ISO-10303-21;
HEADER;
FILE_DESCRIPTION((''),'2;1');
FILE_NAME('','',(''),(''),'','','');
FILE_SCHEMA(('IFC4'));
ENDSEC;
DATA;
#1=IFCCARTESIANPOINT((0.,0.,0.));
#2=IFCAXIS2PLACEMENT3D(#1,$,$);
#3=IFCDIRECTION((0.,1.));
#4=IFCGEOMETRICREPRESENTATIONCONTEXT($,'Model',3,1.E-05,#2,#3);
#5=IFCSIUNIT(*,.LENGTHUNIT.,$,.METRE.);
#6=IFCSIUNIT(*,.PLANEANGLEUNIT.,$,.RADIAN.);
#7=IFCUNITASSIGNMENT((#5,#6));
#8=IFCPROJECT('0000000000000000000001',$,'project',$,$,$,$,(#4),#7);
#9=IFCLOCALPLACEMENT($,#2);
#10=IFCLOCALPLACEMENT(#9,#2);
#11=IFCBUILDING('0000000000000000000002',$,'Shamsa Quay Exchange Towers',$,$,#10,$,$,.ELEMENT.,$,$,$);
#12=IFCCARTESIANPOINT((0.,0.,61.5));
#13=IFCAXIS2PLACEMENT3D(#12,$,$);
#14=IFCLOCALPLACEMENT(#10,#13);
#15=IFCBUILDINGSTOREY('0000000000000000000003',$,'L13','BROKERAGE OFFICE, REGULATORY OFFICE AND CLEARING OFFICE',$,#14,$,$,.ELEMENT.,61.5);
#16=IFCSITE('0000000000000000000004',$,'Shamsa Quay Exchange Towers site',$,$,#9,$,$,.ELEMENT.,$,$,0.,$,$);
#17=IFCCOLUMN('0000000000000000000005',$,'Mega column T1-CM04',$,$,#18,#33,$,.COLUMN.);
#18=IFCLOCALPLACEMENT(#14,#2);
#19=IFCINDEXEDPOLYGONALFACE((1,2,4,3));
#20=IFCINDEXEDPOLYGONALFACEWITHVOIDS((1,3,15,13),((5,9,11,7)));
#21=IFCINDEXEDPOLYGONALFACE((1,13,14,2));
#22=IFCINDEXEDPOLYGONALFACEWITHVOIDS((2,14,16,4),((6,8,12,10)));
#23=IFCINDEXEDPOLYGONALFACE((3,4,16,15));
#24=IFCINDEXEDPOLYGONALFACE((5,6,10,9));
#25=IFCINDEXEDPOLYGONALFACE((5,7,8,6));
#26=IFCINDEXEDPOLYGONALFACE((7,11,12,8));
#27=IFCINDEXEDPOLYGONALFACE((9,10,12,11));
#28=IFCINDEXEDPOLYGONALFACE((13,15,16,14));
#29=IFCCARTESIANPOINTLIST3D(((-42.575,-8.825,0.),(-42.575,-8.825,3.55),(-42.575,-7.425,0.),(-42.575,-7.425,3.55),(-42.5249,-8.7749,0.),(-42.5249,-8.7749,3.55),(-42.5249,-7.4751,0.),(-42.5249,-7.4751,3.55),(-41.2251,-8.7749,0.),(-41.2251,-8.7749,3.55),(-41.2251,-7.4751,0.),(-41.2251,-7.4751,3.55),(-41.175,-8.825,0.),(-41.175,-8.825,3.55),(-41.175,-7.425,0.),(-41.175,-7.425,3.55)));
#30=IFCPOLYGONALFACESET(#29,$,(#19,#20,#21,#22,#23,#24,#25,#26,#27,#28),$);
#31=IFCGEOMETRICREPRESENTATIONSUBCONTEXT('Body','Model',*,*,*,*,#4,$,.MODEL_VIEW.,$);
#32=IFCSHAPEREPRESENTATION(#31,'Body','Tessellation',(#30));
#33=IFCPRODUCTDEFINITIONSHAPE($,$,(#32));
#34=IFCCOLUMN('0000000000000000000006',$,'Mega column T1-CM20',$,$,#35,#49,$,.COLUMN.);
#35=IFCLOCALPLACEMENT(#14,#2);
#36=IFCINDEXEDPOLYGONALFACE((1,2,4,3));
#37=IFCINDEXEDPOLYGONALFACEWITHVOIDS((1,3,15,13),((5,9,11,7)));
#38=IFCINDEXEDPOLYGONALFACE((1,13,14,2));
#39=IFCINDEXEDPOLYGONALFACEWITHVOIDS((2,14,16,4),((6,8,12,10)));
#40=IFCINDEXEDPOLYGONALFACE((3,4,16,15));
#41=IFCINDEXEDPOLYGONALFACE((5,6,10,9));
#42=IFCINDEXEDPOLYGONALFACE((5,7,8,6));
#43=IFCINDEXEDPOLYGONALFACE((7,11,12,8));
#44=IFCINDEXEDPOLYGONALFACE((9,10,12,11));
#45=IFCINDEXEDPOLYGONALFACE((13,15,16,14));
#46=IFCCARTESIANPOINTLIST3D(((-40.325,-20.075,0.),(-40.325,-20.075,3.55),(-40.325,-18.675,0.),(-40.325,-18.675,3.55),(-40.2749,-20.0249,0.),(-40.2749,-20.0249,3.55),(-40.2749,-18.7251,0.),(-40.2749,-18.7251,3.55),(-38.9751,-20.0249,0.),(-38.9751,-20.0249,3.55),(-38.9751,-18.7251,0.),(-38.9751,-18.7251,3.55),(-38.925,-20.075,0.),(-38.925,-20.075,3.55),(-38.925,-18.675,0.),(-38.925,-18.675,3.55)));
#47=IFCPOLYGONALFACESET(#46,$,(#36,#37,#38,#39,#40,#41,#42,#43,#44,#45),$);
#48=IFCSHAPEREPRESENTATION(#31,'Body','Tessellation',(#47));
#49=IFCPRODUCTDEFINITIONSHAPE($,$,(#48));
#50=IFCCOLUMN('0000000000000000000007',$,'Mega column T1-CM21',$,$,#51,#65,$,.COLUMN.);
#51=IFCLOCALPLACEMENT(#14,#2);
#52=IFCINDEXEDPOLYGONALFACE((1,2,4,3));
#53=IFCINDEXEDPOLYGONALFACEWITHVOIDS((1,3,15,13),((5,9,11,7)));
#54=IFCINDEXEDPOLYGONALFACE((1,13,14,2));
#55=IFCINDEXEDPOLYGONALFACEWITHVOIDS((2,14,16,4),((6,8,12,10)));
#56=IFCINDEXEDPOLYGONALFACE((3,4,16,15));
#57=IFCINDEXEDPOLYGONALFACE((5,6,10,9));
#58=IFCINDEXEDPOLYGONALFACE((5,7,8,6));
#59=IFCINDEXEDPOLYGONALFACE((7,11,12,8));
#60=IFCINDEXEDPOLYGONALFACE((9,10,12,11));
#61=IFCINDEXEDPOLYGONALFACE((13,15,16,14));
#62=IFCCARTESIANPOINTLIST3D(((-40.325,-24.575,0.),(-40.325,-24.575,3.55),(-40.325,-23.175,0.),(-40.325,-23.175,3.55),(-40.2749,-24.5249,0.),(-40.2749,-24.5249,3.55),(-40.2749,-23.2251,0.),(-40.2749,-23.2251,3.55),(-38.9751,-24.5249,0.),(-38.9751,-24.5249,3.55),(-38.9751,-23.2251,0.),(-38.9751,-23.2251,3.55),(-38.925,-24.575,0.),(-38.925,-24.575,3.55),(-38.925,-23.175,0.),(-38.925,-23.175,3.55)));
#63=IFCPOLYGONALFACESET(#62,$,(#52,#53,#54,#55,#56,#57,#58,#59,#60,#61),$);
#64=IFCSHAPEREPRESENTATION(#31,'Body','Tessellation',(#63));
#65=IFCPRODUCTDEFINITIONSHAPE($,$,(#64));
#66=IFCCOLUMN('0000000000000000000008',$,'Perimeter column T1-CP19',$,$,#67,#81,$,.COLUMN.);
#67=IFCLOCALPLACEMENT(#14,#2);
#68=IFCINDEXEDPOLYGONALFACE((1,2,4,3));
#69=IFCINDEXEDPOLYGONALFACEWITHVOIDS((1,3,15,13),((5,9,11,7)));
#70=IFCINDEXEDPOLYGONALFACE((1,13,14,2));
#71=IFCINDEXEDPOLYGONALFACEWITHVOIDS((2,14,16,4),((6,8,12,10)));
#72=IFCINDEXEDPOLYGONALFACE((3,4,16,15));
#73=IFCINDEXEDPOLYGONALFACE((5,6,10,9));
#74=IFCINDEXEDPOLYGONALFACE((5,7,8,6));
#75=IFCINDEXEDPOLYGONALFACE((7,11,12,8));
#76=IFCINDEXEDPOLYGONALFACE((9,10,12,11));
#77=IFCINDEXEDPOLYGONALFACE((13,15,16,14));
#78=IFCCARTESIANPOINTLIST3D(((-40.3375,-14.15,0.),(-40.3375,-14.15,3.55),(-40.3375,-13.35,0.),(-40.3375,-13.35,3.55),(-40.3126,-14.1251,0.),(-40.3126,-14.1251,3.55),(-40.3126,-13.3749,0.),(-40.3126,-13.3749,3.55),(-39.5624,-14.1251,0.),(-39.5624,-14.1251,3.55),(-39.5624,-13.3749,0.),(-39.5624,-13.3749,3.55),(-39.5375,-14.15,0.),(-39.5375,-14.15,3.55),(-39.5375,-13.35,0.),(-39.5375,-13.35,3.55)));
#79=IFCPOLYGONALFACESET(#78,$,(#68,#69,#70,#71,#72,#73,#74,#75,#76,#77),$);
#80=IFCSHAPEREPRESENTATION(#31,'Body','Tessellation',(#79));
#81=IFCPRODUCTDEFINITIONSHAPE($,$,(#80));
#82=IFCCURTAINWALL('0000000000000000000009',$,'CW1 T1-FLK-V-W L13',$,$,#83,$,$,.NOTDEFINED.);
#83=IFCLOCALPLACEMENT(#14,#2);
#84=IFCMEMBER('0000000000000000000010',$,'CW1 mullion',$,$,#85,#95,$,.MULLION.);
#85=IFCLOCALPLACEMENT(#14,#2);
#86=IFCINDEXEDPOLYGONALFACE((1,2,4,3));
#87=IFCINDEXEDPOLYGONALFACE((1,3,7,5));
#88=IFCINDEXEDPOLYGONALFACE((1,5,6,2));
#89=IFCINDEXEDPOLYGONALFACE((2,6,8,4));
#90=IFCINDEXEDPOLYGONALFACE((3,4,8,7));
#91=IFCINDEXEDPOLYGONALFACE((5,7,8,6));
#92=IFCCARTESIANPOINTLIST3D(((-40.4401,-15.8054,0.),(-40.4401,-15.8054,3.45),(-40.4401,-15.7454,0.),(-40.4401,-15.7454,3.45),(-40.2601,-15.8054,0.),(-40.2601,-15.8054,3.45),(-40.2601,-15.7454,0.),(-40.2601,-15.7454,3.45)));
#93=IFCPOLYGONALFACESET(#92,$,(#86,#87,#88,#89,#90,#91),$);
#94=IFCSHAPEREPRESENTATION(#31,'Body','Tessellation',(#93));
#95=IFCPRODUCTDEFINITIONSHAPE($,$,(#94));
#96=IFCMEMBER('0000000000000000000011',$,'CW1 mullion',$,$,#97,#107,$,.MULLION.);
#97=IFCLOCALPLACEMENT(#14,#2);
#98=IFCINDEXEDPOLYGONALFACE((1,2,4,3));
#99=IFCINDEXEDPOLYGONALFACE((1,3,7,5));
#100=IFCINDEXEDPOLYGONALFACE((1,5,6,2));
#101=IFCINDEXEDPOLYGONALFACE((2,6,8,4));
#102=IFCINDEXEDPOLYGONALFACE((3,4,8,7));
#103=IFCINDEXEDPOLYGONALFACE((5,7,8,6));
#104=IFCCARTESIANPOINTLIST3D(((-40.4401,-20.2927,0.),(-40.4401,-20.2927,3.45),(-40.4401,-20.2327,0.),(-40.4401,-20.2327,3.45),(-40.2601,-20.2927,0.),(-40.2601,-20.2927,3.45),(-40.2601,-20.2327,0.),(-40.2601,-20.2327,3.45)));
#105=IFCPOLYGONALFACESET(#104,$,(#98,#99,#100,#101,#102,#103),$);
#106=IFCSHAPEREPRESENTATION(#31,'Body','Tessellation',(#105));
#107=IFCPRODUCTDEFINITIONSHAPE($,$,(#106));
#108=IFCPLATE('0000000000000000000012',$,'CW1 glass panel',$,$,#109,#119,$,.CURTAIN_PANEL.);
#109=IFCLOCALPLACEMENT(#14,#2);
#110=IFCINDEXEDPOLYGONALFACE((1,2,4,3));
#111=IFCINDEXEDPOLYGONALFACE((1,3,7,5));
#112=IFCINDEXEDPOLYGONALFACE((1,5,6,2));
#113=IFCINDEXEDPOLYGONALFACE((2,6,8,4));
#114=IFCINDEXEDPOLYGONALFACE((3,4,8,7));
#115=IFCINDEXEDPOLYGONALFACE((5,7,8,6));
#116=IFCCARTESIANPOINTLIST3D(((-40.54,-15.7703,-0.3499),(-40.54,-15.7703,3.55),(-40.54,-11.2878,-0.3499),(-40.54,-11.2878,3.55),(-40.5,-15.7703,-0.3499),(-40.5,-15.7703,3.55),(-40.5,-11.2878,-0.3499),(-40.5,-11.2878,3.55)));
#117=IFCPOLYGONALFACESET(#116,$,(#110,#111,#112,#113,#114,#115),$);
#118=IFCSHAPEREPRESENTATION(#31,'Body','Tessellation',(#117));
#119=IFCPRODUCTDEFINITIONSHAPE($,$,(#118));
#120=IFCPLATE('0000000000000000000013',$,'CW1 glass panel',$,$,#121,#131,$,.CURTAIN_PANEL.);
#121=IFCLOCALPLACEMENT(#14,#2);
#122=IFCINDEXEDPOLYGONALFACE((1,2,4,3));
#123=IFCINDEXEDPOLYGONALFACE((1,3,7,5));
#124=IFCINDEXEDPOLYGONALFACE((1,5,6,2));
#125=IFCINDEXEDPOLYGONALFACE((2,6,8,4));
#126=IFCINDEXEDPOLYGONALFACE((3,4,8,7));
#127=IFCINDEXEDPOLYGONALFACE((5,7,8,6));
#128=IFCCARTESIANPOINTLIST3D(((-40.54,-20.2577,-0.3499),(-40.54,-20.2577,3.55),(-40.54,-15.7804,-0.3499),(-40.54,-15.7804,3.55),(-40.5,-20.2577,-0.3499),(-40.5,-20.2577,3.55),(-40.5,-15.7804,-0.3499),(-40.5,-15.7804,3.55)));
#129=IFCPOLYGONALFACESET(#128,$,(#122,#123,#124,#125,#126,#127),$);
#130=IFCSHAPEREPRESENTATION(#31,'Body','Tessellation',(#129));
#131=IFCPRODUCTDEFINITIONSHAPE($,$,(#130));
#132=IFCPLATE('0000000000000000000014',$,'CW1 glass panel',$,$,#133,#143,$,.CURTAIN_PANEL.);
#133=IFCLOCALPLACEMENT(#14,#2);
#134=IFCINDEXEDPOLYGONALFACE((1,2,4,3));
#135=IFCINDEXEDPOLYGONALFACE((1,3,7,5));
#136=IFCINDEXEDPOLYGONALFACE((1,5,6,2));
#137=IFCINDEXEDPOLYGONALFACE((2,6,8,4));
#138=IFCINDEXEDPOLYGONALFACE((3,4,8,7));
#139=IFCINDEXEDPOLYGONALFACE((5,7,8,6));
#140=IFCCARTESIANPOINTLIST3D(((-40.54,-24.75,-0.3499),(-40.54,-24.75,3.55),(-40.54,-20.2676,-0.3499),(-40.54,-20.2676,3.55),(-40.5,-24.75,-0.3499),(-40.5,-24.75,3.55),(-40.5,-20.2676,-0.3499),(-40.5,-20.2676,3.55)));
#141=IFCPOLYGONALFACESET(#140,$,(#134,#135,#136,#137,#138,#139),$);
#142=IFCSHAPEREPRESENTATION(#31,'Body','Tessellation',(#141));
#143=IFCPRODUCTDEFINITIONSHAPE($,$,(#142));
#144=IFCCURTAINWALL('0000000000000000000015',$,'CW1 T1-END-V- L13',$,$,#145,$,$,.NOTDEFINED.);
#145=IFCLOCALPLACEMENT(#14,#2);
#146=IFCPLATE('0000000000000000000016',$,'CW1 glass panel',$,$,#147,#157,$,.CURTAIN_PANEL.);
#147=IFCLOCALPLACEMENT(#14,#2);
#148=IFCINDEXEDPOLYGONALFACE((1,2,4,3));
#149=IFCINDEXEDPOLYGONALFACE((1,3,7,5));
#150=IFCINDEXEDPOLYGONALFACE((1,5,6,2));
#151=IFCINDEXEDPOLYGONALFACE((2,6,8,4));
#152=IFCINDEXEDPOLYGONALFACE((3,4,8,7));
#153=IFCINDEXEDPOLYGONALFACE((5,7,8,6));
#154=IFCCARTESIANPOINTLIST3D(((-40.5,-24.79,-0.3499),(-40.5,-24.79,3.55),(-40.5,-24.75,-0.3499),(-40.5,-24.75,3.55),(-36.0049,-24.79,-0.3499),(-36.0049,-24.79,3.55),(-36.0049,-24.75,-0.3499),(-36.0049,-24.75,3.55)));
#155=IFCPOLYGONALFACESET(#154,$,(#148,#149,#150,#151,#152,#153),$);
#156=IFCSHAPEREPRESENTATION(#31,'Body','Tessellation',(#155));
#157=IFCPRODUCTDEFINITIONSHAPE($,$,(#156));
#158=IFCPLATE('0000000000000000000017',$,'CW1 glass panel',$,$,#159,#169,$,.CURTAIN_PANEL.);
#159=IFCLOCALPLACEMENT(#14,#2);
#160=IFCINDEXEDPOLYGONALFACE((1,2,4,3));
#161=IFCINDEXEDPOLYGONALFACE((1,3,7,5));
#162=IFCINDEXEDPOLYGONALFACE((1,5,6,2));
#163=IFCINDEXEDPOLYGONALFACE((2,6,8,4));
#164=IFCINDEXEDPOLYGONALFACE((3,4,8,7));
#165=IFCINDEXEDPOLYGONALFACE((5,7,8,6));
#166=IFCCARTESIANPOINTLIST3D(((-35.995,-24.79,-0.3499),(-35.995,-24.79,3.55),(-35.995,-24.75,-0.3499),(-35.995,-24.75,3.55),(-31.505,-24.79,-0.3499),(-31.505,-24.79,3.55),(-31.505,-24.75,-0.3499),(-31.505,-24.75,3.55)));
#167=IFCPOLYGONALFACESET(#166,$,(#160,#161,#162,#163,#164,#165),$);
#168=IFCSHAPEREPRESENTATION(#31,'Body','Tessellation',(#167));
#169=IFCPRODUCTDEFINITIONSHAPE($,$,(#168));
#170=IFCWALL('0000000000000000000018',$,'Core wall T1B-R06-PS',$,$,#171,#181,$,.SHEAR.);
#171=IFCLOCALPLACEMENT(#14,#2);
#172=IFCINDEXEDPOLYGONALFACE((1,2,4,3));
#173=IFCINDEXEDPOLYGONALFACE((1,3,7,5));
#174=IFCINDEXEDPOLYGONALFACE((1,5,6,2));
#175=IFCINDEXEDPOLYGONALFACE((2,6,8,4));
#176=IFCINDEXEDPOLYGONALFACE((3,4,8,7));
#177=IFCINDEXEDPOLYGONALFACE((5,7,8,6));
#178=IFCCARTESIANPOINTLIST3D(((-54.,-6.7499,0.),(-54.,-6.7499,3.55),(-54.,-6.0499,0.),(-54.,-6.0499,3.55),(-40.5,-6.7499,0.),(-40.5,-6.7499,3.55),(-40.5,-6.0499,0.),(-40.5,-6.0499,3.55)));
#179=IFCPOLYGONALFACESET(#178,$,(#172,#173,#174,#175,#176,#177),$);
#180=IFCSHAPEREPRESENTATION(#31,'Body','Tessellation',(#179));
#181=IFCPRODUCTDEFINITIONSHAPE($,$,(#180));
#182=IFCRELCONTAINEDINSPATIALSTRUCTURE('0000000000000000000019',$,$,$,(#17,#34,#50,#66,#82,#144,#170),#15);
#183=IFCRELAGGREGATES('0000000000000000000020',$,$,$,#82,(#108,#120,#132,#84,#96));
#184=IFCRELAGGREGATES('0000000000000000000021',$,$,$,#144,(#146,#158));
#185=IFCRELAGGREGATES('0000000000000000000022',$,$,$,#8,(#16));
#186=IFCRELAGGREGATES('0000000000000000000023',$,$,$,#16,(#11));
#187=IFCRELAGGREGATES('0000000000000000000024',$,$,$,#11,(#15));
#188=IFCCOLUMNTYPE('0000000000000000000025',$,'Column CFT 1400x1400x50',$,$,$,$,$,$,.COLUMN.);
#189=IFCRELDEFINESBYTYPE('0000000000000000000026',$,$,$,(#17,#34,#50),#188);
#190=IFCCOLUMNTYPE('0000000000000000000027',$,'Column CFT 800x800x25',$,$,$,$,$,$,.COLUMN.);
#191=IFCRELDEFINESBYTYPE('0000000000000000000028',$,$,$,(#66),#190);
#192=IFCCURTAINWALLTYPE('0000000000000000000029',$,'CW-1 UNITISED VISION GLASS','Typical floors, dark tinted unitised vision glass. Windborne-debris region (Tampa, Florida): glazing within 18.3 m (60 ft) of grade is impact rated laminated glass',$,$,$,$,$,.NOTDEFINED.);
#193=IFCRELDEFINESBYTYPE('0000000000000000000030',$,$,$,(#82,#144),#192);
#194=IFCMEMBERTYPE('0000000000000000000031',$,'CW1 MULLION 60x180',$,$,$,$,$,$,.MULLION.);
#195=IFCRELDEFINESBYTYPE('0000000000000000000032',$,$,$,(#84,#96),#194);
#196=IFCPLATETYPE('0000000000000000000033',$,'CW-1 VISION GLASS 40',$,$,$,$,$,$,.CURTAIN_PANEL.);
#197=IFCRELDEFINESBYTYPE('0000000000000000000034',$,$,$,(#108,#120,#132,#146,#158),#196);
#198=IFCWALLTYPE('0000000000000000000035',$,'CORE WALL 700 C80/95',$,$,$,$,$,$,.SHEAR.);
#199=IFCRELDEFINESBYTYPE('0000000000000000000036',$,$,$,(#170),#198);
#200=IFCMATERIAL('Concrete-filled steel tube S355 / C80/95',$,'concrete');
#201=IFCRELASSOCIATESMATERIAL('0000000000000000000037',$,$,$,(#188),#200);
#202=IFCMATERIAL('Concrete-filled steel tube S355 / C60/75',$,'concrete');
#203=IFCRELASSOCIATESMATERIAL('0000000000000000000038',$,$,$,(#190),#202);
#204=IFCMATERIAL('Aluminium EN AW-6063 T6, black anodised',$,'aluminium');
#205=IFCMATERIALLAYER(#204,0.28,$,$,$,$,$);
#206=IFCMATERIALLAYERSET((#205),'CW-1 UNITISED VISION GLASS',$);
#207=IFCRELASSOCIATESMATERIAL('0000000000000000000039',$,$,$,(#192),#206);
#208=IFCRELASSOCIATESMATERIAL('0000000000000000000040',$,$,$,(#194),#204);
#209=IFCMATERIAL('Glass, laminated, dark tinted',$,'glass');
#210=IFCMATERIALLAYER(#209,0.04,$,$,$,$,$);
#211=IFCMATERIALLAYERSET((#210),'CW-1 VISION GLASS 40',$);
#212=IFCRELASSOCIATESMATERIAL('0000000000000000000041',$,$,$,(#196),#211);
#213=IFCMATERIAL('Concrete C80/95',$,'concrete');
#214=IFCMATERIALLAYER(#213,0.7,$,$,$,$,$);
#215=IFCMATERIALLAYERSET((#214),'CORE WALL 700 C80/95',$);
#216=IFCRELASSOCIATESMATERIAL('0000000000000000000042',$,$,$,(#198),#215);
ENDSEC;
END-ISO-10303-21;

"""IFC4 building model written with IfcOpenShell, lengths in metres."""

from ifc_helpers import new_model, si_unit, direction, frame, frame_2d, origin, origin_2d, place, context, subcontext, project, spatial, rectangle, hollow_rectangle, extrude, material, layer, layer_set, material_profile, profile_set, type_object, element, aggregate, save


model = new_model("IFC4")

# Units and contexts
model_context = context("Model", 3, precision=1e-05, world=origin(), true_north=direction((0.0, 1.0)))
body_context = subcontext(model_context, "Body", "Model", "MODEL_VIEW")
ifc_project = project(units=[si_unit("LENGTHUNIT", "METRE"), si_unit("PLANEANGLEUNIT", "RADIAN")], contexts=[model_context])

# Site, building, storey
site_placement = place(None, origin())
site = spatial("IfcSite", under=ifc_project, at=site_placement, Name="Shamsa Quay Exchange Towers site", CompositionType="ELEMENT", RefElevation=0.0)
building_placement = place(site_placement, origin())
building = spatial("IfcBuilding", under=site, at=building_placement, Name="Shamsa Quay Exchange Towers", CompositionType="ELEMENT")
storey_placement = place(building_placement, frame((0.0, 0.0, 61.5)))
storey = spatial("IfcBuildingStorey", under=building, at=storey_placement, Name="L13", Description="BROKERAGE OFFICE, REGULATORY OFFICE AND CLEARING OFFICE", CompositionType="ELEMENT", Elevation=61.5)

# Columns
ifc_material_1 = material(Name="Concrete-filled steel tube S355 / C80/95", Category="concrete")
ifc_material_profile_1 = material_profile(ifc_material_1, hollow_rectangle(XDim=1.3999, YDim=1.3999, WallThickness=0.05, at=origin_2d()), Name="CFT 1400x1400x50")
ifc_profile_set_1 = profile_set([ifc_material_profile_1], Name="Concrete-filled steel tube S355 / C80/95")
column_type_1 = type_object("IfcColumnType", Name="Column CFT 1400x1400x50", PredefinedType="COLUMN", material=ifc_profile_set_1)
for number, where, name in (
    (1, (-41.875, -8.125, 0.0), "Mega column T1-CM04"),
    (2, (-39.625, -19.375, 0.0), "Mega column T1-CM20"),
    (3, (-39.625, -23.875, 0.0), "Mega column T1-CM21"),
):
    element("IfcColumn", number, at=place(storey_placement, frame(where)), inside=storey, type_object=column_type_1, Name=name, PredefinedType="COLUMN", context=body_context, shape_type="SweptSolid", body=[
        extrude(hollow_rectangle(XDim=1.3999, YDim=1.3999, WallThickness=0.05, at=origin_2d()), origin(), (0.0, 0.0, 1.0), 3.55),
    ])
ifc_material_2 = material(Name="Concrete-filled steel tube S355 / C60/75", Category="concrete")
ifc_material_profile_2 = material_profile(ifc_material_2, hollow_rectangle(XDim=0.8, YDim=0.8, WallThickness=0.0249, at=origin_2d()), Name="CFT 800x800x25")
ifc_profile_set_2 = profile_set([ifc_material_profile_2], Name="Concrete-filled steel tube S355 / C60/75")
column_type_2 = type_object("IfcColumnType", Name="Column CFT 800x800x25", PredefinedType="COLUMN", material=ifc_profile_set_2)
column_placement = place(storey_placement, frame((-39.9375, -13.75, 0.0)))
element("IfcColumn", 4, at=column_placement, inside=storey, type_object=column_type_2, Name="Perimeter column T1-CP19", PredefinedType="COLUMN", context=body_context, shape_type="SweptSolid", body=[
    extrude(hollow_rectangle(XDim=0.8, YDim=0.8, WallThickness=0.0249, at=origin_2d()), origin(), (0.0, 0.0, 1.0), 3.55),
])

# Curtain wall, members, plates
ifc_material_3 = material(Name="Aluminium EN AW-6063 T6, black anodised", Category="aluminium")
ifc_layer_1 = layer(ifc_material_3, 0.28)
ifc_layer_set_1 = layer_set([ifc_layer_1], Name="CW-1 UNITISED VISION GLASS")
curtain_wall_type = type_object("IfcCurtainWallType", Name="CW-1 UNITISED VISION GLASS", Description="Typical floors, dark tinted unitised vision glass. Windborne-debris region (Tampa, Florida): glazing within 18.3 m (60 ft) of grade is impact rated laminated glass", PredefinedType="NOTDEFINED", material=ifc_layer_set_1)
curtain_wall_1_placement = place(storey_placement, origin())
curtain_wall_1 = element("IfcCurtainWall", 5, at=curtain_wall_1_placement, inside=storey, type_object=curtain_wall_type, Name="CW1 T1-FLK-V-W L13", PredefinedType="NOTDEFINED")
ifc_material_profile_3 = material_profile(ifc_material_3, rectangle(XDim=0.1799, YDim=0.0601, at=origin_2d()), Name="MU60x180")
ifc_profile_set_3 = profile_set([ifc_material_profile_3], Name="Aluminium EN AW-6063 T6, black anodised")
member_type = type_object("IfcMemberType", Name="CW1 MULLION 60x180", PredefinedType="MULLION", material=ifc_profile_set_3)
member_1_placement = place(storey_placement, frame((-40.3501, -15.7754, 0.0)))
member_1 = element("IfcMember", 6, at=member_1_placement, type_object=member_type, Name="CW1 mullion", PredefinedType="MULLION", context=body_context, shape_type="SweptSolid", body=[
    extrude(rectangle(XDim=0.1799, YDim=0.0601, at=origin_2d()), origin(), (0.0, 0.0, 1.0), 3.45),
])
member_2_placement = place(storey_placement, frame((-40.3501, -20.2627, 0.0)))
member_2 = element("IfcMember", 7, at=member_2_placement, type_object=member_type, Name="CW1 mullion", PredefinedType="MULLION", context=body_context, shape_type="SweptSolid", body=[
    extrude(rectangle(XDim=0.1799, YDim=0.0601, at=origin_2d()), origin(), (0.0, 0.0, 1.0), 3.45),
])
ifc_material_4 = material(Name="Glass, laminated, dark tinted", Category="glass")
ifc_layer_2 = layer(ifc_material_4, 0.04)
ifc_layer_set_2 = layer_set([ifc_layer_2], Name="CW-1 VISION GLASS 40")
plate_type = type_object("IfcPlateType", Name="CW-1 VISION GLASS 40", PredefinedType="CURTAIN_PANEL", material=ifc_layer_set_2)
plate_1_placement = place(storey_placement, frame((-40.52, -13.5291, -0.3499), z_axis=(0.0, 0.0, 1.0), x_axis=(0.0, -1.0, 0.0)))
plate_1 = element("IfcPlate", 8, at=plate_1_placement, type_object=plate_type, Name="CW1 glass panel", PredefinedType="CURTAIN_PANEL", context=body_context, shape_type="SweptSolid", body=[
    extrude(rectangle(XDim=4.4824, YDim=0.04, at=origin_2d()), origin(), (0.0, 0.0, 1.0), 3.8999),
])
plate_2_placement = place(storey_placement, frame((-40.52, -18.019, -0.3499), z_axis=(0.0, 0.0, 1.0), x_axis=(0.0, -1.0, 0.0)))
plate_2 = element("IfcPlate", 9, at=plate_2_placement, type_object=plate_type, Name="CW1 glass panel", PredefinedType="CURTAIN_PANEL", context=body_context, shape_type="SweptSolid", body=[
    extrude(rectangle(XDim=4.4773, YDim=0.04, at=origin_2d()), origin(), (0.0, 0.0, 1.0), 3.8999),
])
plate_3_placement = place(storey_placement, frame((-40.52, -22.5088, -0.3499), z_axis=(0.0, 0.0, 1.0), x_axis=(0.0, -1.0, 0.0)))
plate_3 = element("IfcPlate", 10, at=plate_3_placement, type_object=plate_type, Name="CW1 glass panel", PredefinedType="CURTAIN_PANEL", context=body_context, shape_type="SweptSolid", body=[
    extrude(rectangle(XDim=4.4824, YDim=0.04, at=origin_2d()), origin(), (0.0, 0.0, 1.0), 3.8999),
])
aggregate(curtain_wall_1, [plate_1, plate_2, plate_3, member_1, member_2])

# Curtain wall, plates
curtain_wall_2_placement = place(storey_placement, origin())
curtain_wall_2 = element("IfcCurtainWall", 11, at=curtain_wall_2_placement, inside=storey, type_object=curtain_wall_type, Name="CW1 T1-END-V- L13", PredefinedType="NOTDEFINED")
plate_4_placement = place(storey_placement, frame((-38.2524, -24.77, -0.3499)))
plate_4 = element("IfcPlate", 12, at=plate_4_placement, type_object=plate_type, Name="CW1 glass panel", PredefinedType="CURTAIN_PANEL", context=body_context, shape_type="SweptSolid", body=[
    extrude(rectangle(XDim=4.4951, YDim=0.04, at=origin_2d()), origin(), (0.0, 0.0, 1.0), 3.8999),
])
plate_5_placement = place(storey_placement, frame((-33.75, -24.77, -0.3499)))
plate_5 = element("IfcPlate", 13, at=plate_5_placement, type_object=plate_type, Name="CW1 glass panel", PredefinedType="CURTAIN_PANEL", context=body_context, shape_type="SweptSolid", body=[
    extrude(rectangle(XDim=4.49, YDim=0.04, at=origin_2d()), origin(), (0.0, 0.0, 1.0), 3.8999),
])
aggregate(curtain_wall_2, [plate_4, plate_5])

# Wall
ifc_material_5 = material(Name="Concrete C80/95", Category="concrete")
ifc_layer_3 = layer(ifc_material_5, 0.7)
ifc_layer_set_3 = layer_set([ifc_layer_3], Name="CORE WALL 700 C80/95")
wall_type_1 = type_object("IfcWallType", Name="CORE WALL 700 C80/95", PredefinedType="SHEAR", material=ifc_layer_set_3)
wall_1_placement = place(storey_placement, frame((-40.5, -6.3999, 0.0), z_axis=(0.0, 0.0, 1.0), x_axis=(-1.0, 0.0, 0.0)))
element("IfcWall", 14, at=wall_1_placement, inside=storey, type_object=wall_type_1, Name="Core wall T1B-R06-PS", PredefinedType="SHEAR", context=body_context, shape_type="SweptSolid", body=[
    extrude(rectangle(XDim=13.5, YDim=0.7, at=frame_2d((6.75, 0.0))), origin(), (0.0, 0.0, 1.0), 3.55),
])

save(model, "model.ifc")
